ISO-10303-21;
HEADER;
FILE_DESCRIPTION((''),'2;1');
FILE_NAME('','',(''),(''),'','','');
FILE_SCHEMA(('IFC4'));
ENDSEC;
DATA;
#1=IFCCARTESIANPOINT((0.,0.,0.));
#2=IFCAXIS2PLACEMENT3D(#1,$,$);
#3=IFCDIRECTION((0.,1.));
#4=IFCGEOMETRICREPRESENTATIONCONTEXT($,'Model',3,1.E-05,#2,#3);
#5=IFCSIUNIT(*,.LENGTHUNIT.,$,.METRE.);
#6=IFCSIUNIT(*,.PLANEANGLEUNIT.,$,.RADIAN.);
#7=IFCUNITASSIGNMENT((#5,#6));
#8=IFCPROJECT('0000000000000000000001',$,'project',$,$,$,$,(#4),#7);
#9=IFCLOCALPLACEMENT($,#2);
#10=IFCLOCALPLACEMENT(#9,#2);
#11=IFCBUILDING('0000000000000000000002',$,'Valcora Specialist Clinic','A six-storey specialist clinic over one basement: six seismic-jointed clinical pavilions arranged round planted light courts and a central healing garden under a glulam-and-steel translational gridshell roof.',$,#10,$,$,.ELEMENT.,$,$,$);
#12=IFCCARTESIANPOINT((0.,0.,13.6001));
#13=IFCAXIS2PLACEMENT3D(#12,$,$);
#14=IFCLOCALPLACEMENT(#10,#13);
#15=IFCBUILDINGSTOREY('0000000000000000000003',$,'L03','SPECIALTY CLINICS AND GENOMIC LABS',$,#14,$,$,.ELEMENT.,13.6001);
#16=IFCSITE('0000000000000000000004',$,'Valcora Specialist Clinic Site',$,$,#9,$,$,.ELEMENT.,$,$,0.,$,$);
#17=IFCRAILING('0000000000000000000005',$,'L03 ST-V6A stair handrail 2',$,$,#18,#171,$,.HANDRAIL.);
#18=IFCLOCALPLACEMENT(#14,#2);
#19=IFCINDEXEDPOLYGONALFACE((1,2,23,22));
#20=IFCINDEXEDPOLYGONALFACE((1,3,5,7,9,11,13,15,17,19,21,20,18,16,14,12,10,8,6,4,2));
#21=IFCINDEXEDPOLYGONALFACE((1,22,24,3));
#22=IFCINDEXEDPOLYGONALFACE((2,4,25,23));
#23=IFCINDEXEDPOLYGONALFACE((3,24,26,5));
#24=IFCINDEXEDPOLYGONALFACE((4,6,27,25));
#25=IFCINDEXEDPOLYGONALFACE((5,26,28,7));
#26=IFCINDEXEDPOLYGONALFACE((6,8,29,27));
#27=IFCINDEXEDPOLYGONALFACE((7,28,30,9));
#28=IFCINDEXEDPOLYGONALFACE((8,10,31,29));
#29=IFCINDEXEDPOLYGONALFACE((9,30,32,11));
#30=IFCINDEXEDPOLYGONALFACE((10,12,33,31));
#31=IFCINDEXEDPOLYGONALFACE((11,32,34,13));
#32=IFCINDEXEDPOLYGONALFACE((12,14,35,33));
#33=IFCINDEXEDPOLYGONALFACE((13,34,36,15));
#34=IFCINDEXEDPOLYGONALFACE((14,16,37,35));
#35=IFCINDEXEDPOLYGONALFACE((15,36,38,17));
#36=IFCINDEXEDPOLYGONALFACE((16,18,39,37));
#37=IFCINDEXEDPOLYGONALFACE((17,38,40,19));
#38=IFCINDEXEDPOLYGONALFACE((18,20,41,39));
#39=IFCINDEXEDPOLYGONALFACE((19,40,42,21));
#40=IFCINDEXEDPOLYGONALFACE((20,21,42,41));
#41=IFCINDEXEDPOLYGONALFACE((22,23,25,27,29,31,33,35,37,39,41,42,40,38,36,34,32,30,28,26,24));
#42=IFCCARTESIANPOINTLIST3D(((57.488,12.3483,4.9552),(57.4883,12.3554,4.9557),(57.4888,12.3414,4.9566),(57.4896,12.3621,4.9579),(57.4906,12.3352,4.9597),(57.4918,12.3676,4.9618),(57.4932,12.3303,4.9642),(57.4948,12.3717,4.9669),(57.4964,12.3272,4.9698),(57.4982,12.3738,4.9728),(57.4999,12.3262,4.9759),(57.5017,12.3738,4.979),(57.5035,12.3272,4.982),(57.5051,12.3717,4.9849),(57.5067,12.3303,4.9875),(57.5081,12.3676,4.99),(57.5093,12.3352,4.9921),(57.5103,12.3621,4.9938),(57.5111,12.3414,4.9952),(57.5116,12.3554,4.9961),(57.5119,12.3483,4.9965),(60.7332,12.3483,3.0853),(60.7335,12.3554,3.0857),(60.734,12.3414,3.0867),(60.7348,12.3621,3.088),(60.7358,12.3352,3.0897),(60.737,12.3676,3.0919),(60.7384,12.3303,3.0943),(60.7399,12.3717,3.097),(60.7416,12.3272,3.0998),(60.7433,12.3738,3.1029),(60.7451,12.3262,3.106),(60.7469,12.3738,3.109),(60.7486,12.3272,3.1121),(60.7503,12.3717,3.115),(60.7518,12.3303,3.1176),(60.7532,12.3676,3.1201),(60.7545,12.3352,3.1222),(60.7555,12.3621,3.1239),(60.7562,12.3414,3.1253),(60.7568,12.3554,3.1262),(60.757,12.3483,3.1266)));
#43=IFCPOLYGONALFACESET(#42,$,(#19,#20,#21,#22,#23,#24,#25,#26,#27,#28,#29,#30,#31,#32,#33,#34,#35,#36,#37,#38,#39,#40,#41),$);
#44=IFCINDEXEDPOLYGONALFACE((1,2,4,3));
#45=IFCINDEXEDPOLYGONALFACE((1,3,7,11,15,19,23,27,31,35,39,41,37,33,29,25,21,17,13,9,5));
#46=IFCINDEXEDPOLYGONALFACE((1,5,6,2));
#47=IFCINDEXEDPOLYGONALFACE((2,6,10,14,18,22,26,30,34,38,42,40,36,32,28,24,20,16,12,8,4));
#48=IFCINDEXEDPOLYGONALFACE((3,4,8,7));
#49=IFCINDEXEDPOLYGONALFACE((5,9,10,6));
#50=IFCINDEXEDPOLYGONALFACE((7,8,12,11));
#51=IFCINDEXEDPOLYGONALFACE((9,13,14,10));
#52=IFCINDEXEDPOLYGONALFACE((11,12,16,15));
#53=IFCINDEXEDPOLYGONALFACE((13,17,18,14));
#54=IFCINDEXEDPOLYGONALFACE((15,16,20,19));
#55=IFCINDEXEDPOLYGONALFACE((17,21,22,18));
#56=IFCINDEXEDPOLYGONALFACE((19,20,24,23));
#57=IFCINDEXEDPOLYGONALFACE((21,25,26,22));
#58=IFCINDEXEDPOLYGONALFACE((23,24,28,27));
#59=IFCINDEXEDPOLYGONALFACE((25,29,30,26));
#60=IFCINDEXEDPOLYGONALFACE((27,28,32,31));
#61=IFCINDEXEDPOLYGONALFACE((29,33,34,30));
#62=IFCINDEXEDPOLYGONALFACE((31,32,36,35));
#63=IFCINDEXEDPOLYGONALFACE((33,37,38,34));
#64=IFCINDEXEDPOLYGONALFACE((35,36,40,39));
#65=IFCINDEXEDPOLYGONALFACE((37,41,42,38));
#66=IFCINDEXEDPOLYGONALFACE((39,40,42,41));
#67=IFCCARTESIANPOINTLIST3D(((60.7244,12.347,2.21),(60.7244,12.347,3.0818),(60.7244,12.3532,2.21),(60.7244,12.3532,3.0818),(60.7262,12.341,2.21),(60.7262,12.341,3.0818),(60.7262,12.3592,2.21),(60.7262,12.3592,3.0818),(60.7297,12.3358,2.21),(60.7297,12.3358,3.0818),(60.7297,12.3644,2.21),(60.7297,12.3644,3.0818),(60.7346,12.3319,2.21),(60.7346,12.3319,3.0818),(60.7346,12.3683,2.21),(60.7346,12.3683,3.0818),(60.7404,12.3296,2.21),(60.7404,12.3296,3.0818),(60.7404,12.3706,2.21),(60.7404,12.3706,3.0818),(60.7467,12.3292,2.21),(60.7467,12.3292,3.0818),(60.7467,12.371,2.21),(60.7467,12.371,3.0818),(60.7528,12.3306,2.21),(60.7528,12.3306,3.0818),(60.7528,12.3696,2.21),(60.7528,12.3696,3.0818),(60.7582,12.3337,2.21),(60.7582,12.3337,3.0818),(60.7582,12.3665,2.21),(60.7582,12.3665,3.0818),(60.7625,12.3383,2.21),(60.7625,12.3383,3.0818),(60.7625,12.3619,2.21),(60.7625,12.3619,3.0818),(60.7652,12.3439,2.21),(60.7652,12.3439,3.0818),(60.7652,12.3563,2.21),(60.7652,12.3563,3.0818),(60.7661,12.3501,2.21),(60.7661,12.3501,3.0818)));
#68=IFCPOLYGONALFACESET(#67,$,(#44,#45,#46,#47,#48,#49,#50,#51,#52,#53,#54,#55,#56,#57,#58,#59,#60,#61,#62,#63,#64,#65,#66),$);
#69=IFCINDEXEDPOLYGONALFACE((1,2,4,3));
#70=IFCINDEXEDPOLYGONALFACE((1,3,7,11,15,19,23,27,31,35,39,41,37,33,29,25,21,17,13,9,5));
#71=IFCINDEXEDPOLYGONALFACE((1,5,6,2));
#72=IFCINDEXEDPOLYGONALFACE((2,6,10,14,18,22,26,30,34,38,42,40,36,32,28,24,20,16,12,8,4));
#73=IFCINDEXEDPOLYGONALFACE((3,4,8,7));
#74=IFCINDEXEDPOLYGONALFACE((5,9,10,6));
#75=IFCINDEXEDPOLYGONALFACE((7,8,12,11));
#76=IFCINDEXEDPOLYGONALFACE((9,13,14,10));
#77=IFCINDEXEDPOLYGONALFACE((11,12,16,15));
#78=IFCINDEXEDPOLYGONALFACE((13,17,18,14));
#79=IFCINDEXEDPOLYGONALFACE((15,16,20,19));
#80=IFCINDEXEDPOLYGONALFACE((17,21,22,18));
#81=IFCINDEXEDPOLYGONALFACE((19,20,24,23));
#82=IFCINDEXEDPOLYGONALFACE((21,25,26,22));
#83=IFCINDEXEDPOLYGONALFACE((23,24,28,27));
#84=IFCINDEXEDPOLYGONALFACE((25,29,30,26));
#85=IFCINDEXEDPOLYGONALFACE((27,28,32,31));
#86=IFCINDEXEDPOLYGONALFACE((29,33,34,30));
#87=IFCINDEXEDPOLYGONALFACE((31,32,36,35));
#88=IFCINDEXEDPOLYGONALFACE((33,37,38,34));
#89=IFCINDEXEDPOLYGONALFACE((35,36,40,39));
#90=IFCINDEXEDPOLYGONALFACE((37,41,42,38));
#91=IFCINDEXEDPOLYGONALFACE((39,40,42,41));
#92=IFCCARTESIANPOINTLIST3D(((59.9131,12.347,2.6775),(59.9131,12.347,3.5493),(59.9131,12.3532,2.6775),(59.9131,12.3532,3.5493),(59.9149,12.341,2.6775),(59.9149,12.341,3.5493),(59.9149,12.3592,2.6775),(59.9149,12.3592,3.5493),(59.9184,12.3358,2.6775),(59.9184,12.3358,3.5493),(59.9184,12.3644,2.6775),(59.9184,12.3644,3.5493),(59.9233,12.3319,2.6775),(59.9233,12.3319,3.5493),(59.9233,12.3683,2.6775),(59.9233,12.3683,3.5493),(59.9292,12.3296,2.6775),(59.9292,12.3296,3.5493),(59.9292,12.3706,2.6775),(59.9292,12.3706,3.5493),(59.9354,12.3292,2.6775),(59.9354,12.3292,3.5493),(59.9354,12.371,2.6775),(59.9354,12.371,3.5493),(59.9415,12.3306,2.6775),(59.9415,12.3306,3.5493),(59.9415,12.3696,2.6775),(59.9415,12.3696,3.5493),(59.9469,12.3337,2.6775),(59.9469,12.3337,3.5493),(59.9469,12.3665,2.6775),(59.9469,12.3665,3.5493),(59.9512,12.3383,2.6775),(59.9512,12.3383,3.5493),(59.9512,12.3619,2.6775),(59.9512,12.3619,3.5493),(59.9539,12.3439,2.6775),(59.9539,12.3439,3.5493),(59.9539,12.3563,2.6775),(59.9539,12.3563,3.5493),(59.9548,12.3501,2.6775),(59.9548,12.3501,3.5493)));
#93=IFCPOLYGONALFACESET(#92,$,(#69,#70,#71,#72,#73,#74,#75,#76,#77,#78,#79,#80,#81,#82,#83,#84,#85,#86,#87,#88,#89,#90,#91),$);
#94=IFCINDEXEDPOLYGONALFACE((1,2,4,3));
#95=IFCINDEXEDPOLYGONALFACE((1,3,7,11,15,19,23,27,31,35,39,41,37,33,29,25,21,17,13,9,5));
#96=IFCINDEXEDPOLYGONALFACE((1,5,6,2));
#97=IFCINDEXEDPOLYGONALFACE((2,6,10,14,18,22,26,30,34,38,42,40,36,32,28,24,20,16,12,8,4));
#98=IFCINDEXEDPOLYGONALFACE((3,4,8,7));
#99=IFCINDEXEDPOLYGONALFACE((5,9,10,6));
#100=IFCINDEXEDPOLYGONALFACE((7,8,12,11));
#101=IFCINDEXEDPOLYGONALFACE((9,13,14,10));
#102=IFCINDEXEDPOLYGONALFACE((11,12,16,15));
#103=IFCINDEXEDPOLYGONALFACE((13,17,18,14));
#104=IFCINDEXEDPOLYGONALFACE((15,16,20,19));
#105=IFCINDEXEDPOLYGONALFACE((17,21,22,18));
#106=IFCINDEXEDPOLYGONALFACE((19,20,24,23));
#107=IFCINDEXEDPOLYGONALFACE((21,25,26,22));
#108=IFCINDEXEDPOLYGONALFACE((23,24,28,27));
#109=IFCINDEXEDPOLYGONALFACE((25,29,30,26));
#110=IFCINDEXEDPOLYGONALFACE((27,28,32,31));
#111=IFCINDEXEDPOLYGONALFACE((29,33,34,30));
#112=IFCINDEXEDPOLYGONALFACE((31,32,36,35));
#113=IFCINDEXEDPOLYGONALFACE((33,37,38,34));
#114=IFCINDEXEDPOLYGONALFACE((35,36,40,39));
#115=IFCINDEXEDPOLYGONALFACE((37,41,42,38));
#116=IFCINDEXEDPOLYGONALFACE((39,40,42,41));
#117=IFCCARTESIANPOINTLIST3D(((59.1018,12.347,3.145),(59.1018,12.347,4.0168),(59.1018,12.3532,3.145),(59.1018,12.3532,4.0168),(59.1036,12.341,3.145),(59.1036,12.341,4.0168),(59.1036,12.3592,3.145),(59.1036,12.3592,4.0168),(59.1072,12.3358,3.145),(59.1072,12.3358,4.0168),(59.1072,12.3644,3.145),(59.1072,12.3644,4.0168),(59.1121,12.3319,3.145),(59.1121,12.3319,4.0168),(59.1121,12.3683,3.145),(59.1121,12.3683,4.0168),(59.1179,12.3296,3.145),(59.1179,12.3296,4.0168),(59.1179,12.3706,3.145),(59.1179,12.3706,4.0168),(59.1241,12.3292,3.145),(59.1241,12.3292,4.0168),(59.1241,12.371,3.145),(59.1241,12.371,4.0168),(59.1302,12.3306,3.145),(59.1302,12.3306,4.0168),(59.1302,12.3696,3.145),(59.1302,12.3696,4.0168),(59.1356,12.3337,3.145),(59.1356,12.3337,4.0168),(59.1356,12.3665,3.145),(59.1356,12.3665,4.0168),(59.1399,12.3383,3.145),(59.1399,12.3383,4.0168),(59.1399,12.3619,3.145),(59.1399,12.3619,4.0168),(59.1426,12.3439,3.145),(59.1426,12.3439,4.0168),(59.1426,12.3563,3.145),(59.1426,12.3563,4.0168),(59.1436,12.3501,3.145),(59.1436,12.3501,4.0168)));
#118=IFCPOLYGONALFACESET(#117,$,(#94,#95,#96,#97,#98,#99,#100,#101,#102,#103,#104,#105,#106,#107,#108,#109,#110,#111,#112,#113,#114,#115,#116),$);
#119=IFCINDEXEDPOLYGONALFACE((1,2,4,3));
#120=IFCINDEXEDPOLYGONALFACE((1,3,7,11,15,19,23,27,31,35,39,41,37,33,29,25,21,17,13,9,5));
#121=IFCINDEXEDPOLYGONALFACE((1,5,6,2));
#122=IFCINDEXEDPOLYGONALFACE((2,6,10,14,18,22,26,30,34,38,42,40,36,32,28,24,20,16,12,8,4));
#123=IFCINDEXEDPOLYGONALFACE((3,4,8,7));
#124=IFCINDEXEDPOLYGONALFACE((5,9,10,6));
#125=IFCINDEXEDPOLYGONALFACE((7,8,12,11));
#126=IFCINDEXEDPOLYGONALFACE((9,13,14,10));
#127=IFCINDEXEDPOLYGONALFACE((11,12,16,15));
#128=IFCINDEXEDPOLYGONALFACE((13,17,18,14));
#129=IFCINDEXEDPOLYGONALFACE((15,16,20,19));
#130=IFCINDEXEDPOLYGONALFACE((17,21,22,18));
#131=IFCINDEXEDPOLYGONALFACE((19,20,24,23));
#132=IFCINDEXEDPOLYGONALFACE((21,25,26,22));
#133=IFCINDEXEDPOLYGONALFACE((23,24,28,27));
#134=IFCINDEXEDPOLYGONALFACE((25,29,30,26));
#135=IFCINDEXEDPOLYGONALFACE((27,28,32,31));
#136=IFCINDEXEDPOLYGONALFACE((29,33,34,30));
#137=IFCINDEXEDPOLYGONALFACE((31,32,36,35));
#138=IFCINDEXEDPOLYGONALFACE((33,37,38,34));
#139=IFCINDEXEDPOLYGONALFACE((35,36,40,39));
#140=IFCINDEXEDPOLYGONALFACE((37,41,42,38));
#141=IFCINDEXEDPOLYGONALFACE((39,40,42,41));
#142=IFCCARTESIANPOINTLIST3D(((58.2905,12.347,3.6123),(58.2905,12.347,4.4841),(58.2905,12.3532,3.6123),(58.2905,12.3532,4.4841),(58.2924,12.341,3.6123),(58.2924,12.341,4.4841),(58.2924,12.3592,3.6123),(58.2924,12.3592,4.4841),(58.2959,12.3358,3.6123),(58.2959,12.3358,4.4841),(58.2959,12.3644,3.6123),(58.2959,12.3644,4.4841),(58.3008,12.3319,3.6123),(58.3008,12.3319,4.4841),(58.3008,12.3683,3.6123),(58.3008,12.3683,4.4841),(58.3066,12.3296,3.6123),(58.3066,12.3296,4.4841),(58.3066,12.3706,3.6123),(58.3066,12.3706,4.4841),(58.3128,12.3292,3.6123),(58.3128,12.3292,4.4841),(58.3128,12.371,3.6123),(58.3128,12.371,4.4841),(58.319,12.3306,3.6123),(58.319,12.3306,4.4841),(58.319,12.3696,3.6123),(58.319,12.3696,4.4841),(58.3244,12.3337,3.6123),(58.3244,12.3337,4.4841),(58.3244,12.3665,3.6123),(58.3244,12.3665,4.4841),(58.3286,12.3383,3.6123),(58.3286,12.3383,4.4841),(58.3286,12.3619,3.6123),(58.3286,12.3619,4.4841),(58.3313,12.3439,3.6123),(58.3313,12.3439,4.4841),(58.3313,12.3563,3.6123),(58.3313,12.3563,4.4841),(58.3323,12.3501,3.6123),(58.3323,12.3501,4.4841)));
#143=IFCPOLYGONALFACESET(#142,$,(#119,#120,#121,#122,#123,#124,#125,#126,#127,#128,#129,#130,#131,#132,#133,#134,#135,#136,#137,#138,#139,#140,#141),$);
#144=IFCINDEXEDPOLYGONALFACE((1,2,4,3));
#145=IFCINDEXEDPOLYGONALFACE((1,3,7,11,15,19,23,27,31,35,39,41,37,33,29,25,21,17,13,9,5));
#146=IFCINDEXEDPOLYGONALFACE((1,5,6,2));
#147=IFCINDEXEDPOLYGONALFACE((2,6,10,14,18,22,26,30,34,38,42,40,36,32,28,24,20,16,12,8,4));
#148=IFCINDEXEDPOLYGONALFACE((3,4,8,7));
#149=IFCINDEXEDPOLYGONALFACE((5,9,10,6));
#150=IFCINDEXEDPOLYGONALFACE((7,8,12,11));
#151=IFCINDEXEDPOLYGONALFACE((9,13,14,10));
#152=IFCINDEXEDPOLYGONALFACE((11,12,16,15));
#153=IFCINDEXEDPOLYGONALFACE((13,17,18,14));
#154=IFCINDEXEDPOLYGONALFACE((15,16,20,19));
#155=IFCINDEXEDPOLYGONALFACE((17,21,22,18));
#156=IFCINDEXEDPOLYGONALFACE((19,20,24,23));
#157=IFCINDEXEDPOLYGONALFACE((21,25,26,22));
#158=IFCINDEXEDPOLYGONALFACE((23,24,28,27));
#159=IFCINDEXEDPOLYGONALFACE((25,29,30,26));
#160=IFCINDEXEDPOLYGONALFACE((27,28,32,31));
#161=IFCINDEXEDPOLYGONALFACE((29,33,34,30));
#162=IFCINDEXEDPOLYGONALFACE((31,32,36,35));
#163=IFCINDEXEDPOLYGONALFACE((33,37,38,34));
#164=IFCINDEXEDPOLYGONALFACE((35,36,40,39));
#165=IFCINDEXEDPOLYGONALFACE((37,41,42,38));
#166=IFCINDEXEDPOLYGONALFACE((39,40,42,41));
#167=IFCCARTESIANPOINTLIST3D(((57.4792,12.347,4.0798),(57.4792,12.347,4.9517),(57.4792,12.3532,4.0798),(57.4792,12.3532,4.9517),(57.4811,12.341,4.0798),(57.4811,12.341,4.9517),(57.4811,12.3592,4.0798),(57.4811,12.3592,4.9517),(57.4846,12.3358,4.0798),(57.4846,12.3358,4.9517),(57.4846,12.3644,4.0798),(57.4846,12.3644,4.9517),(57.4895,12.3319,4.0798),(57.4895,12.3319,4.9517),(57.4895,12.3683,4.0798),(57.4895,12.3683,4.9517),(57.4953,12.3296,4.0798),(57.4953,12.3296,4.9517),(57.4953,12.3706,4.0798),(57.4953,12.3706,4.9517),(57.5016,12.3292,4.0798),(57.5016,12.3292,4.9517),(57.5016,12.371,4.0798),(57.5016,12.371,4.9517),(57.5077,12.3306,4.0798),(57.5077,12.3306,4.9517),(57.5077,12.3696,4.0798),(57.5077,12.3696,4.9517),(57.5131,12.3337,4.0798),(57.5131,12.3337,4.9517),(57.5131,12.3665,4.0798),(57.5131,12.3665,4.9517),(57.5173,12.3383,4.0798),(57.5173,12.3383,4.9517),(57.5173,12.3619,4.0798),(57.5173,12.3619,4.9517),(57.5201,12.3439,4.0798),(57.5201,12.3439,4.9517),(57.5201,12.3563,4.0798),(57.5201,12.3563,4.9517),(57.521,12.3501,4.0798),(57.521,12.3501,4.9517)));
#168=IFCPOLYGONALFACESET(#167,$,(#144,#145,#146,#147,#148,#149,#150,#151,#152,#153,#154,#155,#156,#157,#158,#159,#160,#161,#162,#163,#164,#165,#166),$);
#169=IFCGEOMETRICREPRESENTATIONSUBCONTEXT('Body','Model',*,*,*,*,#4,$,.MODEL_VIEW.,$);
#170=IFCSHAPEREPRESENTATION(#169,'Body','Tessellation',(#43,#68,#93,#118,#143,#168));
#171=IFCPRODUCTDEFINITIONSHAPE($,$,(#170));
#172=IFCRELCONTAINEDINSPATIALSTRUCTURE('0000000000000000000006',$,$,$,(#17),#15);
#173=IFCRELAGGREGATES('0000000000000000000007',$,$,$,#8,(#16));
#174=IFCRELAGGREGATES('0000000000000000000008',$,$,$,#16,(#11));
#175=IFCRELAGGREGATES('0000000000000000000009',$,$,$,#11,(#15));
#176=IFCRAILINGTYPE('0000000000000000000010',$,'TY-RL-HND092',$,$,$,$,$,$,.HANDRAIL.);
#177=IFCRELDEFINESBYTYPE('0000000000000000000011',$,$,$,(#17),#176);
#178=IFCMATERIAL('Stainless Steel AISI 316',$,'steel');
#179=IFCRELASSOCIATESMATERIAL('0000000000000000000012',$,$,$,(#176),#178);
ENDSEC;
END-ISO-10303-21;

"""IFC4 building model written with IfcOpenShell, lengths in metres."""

from ifc_helpers import new_model, si_unit, direction, frame, origin, origin_2d, place, context, subcontext, project, spatial, circle, extrude, material, type_object, element, save


model = new_model("IFC4")

# Units and contexts
model_context = context("Model", 3, precision=1e-05, world=origin(), true_north=direction((0.0, 1.0)))
body_context = subcontext(model_context, "Body", "Model", "MODEL_VIEW")
ifc_project = project(units=[si_unit("LENGTHUNIT", "METRE"), si_unit("PLANEANGLEUNIT", "RADIAN")], contexts=[model_context])

# Site, building, storey
site_placement = place(None, origin())
site = spatial("IfcSite", under=ifc_project, at=site_placement, Name="Valcora Specialist Clinic Site", CompositionType="ELEMENT", RefElevation=0.0)
building_placement = place(site_placement, origin())
building = spatial("IfcBuilding", under=site, at=building_placement, Name="Valcora Specialist Clinic", Description="A six-storey specialist clinic over one basement: six seismic-jointed clinical pavilions arranged round planted light courts and a central healing garden under a glulam-and-steel translational gridshell roof.", CompositionType="ELEMENT")
storey_placement = place(building_placement, frame((0.0, 0.0, 13.6001)))
storey = spatial("IfcBuildingStorey", under=building, at=storey_placement, Name="L03", Description="SPECIALTY CLINICS AND GENOMIC LABS", CompositionType="ELEMENT", Elevation=13.6001)

# Shared definitions
ifc_material_1 = material(Name="Stainless Steel AISI 316", Category="steel")

# Railing
railing_type_1 = type_object("IfcRailingType", Name="TY-RL-HND092", PredefinedType="HANDRAIL", material=ifc_material_1)
railing_1_placement = place(storey_placement, frame((60.7451, 12.3501, 2.21)))
element("IfcRailing", 1, at=railing_1_placement, inside=storey, type_object=railing_type_1, Name="L03 ST-V6A stair handrail 2", PredefinedType="HANDRAIL", context=body_context, shape_type="SweptSolid", body=[
    extrude(circle(Radius=0.0239, at=origin_2d()), frame((0.0, 0.0, 0.896), z_axis=(-0.866452, 0.0, 0.49926), x_axis=(0.0, -1.0, 0.0)), (0.0, 0.0, 1.0), 3.7454),
    extrude(circle(Radius=0.021, at=origin_2d()), origin(), (0.0, 0.0, 1.0), 0.8718),
    extrude(circle(Radius=0.021, at=origin_2d()), frame((-0.8113, 0.0, 0.4675)), (0.0, 0.0, 1.0), 0.8718),
    extrude(circle(Radius=0.021, at=origin_2d()), frame((-1.6226, 0.0, 0.9351)), (0.0, 0.0, 1.0), 0.8718),
    extrude(circle(Radius=0.021, at=origin_2d()), frame((-2.4338, 0.0, 1.4023)), (0.0, 0.0, 1.0), 0.8718),
    extrude(circle(Radius=0.021, at=origin_2d()), frame((-3.2451, 0.0, 1.8699)), (0.0, 0.0, 1.0), 0.8718),
])

save(model, "model.ifc")
